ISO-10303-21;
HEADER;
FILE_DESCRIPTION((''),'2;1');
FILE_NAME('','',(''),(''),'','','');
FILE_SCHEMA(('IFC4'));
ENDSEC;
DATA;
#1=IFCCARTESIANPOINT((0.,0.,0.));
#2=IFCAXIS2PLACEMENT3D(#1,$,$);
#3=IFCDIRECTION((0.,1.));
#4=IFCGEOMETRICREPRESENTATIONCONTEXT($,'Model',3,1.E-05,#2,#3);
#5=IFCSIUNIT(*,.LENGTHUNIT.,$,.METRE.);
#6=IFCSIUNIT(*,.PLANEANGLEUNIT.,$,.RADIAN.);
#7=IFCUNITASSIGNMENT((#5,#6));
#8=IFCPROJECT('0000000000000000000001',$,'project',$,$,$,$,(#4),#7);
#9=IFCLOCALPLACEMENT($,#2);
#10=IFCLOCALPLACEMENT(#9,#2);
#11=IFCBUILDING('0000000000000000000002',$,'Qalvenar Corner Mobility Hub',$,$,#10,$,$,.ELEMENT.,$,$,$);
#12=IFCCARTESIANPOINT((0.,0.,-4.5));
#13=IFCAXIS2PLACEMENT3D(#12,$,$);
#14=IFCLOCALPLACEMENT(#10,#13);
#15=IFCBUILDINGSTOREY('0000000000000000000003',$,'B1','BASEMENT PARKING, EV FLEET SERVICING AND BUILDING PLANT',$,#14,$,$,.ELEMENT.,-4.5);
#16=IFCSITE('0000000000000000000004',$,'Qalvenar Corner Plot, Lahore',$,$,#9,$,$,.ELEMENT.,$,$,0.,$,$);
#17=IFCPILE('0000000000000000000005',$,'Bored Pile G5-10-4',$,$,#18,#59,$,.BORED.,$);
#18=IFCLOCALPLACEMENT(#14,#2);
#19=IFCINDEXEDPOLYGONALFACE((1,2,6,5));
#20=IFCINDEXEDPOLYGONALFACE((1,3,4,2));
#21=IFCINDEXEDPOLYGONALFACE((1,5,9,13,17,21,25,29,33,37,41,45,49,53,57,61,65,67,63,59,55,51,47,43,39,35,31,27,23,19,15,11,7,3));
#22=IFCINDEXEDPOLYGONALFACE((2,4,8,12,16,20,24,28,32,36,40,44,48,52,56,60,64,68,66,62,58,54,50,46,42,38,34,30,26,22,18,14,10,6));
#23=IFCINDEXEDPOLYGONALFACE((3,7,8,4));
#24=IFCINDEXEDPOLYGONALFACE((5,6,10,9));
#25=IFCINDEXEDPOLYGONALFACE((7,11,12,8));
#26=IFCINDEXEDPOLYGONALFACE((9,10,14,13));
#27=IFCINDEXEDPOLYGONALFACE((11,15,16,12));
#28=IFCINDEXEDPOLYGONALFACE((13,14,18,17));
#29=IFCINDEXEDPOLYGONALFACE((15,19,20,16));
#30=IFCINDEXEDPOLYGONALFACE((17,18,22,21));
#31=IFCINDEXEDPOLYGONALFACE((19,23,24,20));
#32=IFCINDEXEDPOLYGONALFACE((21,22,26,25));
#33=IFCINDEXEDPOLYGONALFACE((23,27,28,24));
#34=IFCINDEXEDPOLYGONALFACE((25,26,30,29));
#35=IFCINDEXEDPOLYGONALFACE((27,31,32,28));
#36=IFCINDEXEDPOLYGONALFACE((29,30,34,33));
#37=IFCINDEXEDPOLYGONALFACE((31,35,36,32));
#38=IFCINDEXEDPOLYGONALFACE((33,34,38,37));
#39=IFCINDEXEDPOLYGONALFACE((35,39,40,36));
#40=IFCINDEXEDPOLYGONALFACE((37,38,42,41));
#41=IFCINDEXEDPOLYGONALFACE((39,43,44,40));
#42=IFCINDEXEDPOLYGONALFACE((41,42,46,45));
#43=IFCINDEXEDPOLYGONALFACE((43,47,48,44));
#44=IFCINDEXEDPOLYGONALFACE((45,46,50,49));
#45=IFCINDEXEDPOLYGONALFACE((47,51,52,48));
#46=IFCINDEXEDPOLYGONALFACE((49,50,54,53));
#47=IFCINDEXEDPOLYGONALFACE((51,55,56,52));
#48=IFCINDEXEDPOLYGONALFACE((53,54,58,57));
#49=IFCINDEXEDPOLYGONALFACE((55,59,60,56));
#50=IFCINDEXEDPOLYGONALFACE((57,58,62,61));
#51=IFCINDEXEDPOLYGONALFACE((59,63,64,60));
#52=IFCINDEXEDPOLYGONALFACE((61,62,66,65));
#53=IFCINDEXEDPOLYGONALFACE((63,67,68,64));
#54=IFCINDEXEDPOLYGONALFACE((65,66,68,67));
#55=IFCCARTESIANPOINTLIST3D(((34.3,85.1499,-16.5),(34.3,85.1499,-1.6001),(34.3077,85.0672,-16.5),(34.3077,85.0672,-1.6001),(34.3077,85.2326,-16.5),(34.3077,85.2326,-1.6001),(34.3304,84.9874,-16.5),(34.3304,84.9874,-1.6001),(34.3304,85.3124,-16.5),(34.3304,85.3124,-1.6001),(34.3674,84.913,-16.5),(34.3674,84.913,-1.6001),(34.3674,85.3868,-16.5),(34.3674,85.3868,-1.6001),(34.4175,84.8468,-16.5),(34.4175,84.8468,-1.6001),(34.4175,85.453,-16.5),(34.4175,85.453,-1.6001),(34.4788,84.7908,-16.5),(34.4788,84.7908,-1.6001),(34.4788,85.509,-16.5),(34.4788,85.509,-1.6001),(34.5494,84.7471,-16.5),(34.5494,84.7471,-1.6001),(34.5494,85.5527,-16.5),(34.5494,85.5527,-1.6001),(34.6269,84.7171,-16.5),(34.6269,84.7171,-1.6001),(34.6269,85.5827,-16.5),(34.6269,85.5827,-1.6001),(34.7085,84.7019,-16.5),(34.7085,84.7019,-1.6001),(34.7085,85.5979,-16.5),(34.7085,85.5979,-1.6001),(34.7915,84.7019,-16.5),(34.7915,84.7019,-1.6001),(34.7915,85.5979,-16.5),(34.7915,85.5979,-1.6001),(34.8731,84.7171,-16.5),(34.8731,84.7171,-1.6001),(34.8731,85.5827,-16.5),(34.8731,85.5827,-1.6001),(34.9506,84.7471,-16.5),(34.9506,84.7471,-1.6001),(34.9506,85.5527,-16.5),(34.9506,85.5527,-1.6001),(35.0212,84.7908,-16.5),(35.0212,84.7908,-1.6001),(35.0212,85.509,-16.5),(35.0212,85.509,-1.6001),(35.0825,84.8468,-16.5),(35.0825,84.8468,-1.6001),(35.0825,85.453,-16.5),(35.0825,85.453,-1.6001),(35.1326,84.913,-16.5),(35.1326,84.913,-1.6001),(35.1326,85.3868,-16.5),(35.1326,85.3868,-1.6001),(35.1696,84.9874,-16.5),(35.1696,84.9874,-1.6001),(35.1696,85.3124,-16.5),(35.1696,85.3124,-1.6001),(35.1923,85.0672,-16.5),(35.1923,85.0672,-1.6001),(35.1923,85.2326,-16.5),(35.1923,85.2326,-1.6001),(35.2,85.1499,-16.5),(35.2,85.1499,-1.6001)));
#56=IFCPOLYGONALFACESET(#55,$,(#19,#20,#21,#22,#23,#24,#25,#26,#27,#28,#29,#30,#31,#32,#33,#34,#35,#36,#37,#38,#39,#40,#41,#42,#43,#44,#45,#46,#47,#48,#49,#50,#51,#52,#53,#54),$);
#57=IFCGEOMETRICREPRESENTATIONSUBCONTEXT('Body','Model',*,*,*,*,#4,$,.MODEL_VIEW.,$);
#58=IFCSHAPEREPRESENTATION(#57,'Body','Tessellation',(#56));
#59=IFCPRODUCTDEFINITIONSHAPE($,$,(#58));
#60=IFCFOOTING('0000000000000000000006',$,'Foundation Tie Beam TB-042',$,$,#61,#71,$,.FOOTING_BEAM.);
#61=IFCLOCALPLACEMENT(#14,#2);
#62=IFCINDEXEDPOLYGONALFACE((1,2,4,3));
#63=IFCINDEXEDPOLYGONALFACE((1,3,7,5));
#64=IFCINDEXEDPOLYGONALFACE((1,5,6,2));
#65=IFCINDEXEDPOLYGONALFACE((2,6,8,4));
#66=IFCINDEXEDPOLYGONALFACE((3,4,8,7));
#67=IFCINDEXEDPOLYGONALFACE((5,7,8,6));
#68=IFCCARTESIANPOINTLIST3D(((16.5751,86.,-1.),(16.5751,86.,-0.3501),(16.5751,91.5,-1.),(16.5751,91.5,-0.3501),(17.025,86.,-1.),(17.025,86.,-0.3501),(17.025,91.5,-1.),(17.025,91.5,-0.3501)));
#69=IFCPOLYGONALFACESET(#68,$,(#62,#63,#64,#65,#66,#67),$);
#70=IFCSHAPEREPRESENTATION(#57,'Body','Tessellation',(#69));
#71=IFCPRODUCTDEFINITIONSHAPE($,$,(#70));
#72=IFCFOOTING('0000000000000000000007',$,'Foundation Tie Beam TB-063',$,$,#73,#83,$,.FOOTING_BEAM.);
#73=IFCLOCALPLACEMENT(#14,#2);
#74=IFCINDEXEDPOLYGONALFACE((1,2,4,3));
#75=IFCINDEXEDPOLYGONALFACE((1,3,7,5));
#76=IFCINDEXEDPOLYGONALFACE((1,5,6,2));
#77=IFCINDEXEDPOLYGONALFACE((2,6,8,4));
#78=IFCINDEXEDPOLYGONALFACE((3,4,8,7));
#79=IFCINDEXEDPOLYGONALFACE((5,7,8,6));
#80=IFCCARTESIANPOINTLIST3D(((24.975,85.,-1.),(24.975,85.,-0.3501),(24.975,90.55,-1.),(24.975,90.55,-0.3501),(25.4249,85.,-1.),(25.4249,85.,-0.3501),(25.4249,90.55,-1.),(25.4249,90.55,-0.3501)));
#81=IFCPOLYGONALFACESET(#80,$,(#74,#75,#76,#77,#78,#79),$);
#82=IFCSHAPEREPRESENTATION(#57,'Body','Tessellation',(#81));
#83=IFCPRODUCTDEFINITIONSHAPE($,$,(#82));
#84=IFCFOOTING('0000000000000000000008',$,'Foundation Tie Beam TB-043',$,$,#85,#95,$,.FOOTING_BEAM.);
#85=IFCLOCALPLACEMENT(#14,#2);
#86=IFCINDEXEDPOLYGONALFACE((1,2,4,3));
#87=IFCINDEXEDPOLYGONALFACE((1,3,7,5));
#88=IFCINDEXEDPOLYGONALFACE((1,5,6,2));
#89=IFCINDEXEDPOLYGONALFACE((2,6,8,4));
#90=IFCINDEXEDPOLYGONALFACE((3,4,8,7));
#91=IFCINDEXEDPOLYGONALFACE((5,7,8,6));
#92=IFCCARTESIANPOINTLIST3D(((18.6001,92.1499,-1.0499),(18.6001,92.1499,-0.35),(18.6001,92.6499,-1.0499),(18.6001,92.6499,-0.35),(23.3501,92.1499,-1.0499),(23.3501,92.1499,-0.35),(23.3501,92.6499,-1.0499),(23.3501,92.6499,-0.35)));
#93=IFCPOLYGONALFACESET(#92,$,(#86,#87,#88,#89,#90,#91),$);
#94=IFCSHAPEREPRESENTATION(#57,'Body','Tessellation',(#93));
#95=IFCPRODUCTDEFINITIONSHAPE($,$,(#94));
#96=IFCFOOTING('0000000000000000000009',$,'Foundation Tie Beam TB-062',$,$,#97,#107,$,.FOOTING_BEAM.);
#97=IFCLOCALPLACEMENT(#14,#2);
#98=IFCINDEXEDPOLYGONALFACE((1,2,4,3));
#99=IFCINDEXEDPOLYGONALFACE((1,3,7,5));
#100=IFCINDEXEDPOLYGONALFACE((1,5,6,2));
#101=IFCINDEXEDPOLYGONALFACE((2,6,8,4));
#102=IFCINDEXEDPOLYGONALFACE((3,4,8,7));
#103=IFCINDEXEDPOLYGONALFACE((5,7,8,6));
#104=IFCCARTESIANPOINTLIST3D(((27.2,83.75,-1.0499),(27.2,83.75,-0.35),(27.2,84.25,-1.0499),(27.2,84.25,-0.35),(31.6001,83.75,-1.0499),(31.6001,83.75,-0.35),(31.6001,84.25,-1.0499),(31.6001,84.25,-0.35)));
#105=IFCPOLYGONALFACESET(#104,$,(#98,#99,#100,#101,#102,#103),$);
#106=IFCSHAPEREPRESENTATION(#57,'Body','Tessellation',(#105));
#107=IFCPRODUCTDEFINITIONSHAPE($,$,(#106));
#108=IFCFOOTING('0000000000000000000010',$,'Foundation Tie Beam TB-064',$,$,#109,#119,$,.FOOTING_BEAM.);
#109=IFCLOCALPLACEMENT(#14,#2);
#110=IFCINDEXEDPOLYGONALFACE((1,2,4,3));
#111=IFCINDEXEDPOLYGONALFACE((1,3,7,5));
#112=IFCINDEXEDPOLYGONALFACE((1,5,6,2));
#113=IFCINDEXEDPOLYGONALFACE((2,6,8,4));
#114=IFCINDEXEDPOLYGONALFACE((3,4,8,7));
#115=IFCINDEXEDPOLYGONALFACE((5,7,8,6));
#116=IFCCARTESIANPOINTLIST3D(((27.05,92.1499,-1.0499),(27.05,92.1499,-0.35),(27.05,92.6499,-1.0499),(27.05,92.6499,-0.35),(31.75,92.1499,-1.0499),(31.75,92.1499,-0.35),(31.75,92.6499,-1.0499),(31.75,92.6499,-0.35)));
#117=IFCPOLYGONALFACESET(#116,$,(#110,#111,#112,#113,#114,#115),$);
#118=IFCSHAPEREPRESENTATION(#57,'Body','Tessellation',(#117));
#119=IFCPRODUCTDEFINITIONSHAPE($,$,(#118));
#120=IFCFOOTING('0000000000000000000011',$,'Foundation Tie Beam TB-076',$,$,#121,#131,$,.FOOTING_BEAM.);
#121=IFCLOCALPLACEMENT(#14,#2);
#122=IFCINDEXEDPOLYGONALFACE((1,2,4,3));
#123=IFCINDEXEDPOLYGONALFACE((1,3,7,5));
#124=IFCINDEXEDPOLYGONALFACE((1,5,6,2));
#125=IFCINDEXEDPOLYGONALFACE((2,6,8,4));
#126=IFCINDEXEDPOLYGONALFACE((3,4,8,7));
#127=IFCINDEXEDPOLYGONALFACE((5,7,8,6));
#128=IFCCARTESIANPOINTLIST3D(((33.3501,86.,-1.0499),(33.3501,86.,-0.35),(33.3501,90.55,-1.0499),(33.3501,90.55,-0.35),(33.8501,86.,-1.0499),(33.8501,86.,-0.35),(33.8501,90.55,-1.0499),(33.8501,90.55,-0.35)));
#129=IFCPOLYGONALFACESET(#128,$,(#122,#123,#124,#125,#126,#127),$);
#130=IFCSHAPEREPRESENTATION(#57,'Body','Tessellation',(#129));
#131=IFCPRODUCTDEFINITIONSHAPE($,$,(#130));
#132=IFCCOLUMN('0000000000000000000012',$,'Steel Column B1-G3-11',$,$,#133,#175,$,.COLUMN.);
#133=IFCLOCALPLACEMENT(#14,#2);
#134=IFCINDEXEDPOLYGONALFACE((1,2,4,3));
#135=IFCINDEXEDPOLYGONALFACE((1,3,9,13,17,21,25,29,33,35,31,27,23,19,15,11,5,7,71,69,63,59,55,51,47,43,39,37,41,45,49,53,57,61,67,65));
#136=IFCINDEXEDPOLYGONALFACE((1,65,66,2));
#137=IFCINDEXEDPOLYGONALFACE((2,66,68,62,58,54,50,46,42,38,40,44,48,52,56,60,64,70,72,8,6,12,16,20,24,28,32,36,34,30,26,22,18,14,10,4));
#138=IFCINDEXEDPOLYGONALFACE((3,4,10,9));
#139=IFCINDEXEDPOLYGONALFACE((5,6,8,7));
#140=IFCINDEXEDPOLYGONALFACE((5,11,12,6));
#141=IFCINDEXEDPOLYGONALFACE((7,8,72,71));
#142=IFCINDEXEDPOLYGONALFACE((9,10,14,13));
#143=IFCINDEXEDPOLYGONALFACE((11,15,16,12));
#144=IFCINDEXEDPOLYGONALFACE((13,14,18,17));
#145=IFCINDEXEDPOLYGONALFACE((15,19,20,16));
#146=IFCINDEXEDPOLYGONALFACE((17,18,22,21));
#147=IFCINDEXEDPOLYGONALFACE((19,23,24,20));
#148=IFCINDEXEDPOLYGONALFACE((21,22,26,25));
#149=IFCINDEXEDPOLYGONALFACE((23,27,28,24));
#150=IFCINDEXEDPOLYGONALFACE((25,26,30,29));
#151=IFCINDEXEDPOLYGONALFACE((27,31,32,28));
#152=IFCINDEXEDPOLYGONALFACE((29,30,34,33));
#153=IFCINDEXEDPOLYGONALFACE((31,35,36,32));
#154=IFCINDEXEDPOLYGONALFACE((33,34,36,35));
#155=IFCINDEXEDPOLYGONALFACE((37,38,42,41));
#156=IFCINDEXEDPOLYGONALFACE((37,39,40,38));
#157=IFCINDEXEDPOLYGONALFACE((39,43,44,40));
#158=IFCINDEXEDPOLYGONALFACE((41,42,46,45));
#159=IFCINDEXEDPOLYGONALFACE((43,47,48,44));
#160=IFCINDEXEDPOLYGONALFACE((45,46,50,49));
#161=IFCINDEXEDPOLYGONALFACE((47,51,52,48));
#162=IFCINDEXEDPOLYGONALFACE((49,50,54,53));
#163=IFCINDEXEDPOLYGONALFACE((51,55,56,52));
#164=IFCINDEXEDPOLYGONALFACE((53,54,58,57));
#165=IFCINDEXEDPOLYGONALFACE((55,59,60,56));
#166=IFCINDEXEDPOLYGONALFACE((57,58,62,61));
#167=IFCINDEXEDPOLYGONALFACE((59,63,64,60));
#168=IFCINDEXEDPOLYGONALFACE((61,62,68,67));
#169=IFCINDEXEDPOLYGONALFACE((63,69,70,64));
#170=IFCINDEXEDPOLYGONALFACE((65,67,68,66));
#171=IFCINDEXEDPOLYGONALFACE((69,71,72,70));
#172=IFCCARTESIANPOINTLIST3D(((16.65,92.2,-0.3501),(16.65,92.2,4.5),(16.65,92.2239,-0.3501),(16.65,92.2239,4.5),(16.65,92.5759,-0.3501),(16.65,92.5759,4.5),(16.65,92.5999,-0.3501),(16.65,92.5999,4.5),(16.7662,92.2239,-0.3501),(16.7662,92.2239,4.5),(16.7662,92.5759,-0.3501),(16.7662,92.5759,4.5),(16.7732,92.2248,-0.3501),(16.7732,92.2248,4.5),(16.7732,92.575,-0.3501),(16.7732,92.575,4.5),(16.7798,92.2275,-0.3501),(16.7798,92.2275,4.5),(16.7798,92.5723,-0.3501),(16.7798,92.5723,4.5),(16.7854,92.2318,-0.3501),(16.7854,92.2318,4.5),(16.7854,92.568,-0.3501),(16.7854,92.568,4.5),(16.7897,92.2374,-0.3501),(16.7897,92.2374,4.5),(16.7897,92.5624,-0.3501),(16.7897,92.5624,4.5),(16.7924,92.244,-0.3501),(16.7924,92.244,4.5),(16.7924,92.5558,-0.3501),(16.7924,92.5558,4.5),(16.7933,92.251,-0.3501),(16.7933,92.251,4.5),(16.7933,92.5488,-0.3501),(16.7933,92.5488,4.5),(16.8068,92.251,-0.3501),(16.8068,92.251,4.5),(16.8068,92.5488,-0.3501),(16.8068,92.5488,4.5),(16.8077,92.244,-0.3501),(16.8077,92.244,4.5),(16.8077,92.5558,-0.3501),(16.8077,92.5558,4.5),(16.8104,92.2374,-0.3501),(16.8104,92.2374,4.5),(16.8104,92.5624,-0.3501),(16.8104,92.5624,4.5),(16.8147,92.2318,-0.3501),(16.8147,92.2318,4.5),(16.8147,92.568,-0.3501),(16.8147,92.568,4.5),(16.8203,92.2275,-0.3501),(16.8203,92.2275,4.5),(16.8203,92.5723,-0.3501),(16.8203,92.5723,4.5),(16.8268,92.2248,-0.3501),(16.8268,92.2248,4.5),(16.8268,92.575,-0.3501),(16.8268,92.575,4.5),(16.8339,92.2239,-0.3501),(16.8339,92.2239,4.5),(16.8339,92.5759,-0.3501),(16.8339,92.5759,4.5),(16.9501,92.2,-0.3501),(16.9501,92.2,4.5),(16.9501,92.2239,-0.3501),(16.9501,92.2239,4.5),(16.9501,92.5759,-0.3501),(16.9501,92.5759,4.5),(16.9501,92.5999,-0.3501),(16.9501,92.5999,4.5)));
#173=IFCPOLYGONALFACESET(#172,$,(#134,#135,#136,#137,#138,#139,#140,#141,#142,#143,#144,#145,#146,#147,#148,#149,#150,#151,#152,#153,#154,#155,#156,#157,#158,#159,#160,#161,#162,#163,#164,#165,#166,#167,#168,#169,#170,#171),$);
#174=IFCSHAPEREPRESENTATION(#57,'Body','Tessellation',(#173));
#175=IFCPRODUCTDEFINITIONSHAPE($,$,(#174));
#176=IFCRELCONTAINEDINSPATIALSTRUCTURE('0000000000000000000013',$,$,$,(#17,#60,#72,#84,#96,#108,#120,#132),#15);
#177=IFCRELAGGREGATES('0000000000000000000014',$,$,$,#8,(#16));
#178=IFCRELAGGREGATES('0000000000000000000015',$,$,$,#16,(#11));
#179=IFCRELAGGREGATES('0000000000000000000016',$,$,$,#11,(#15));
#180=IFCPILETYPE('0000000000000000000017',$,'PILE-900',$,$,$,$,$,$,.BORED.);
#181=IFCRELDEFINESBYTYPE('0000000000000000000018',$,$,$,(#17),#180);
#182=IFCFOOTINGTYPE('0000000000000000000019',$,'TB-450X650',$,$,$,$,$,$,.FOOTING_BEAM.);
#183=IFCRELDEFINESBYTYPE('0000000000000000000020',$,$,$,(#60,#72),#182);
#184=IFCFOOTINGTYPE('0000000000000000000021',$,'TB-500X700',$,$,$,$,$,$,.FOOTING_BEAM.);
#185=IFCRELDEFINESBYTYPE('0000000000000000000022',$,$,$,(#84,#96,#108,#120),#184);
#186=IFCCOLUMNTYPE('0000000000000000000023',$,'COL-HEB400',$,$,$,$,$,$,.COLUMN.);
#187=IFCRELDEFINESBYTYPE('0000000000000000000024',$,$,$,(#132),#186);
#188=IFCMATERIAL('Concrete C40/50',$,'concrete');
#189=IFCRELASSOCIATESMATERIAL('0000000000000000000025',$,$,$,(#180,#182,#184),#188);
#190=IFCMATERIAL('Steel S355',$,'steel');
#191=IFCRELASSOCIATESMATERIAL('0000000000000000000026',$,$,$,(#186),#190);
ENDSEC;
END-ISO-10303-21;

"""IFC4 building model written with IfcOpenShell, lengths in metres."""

from ifc_helpers import new_model, si_unit, direction, frame, origin, origin_2d, place, context, subcontext, project, spatial, rectangle, circle, i_section, extrude, material, material_profile, profile_set, type_object, element, save


model = new_model("IFC4")

# Units and contexts
model_context = context("Model", 3, precision=1e-05, world=origin(), true_north=direction((0.0, 1.0)))
body_context = subcontext(model_context, "Body", "Model", "MODEL_VIEW")
ifc_project = project(units=[si_unit("LENGTHUNIT", "METRE"), si_unit("PLANEANGLEUNIT", "RADIAN")], contexts=[model_context])

# Site, building, storey
site_placement = place(None, origin())
site = spatial("IfcSite", under=ifc_project, at=site_placement, Name="Qalvenar Corner Plot, Lahore", CompositionType="ELEMENT", RefElevation=0.0)
building_placement = place(site_placement, origin())
building = spatial("IfcBuilding", under=site, at=building_placement, Name="Qalvenar Corner Mobility Hub", CompositionType="ELEMENT")
storey_placement = place(building_placement, frame((0.0, 0.0, -4.5)))
storey = spatial("IfcBuildingStorey", under=building, at=storey_placement, Name="B1", Description="BASEMENT PARKING, EV FLEET SERVICING AND BUILDING PLANT", CompositionType="ELEMENT", Elevation=-4.5)

# Shared definitions
ifc_material_1 = material(Name="Concrete C40/50", Category="concrete")

# Pile
ifc_material_profile_1 = material_profile(ifc_material_1, circle(Radius=0.45, at=origin_2d()), Name="DIA900")
ifc_profile_set_1 = profile_set([ifc_material_profile_1], Name="Concrete C40/50")
pile_type_1 = type_object("IfcPileType", Name="PILE-900", PredefinedType="BORED", material=ifc_profile_set_1)
for number, where, z_axis, x_axis, name in (
    (1, (34.75, 85.1499, -1.6001), (0.0, 0.0, -1.0), (1.0, 0.0, 0.0), "Bored Pile G5-10-4"),
):
    element("IfcPile", number, at=place(storey_placement, frame(where, z_axis=z_axis, x_axis=x_axis)), inside=storey, type_object=pile_type_1, Name=name, PredefinedType="BORED", context=body_context, shape_type="SweptSolid", body=[
        extrude(circle(Radius=0.45, at=origin_2d()), origin(), (0.0, 0.0, 1.0), 14.8999),
    ])

# Footings
ifc_material_profile_2 = material_profile(ifc_material_1, rectangle(XDim=0.45, YDim=0.6499, at=origin_2d()), Name="RC450x650")
ifc_profile_set_2 = profile_set([ifc_material_profile_2], Name="Concrete C40/50")
footing_type_1 = type_object("IfcFootingType", Name="TB-450X650", PredefinedType="FOOTING_BEAM", material=ifc_profile_set_2)
footing_1_placement = place(storey_placement, frame((16.8, 86.0, -0.675), z_axis=(0.0, 1.0, 0.0), x_axis=(-1.0, 0.0, 0.0)))
element("IfcFooting", 2, at=footing_1_placement, inside=storey, type_object=footing_type_1, Name="Foundation Tie Beam TB-042", PredefinedType="FOOTING_BEAM", context=body_context, shape_type="SweptSolid", body=[
    extrude(rectangle(XDim=0.45, YDim=0.6499, at=origin_2d()), origin(), (0.0, 0.0, 1.0), 5.5),
])
footing_2_placement = place(storey_placement, frame((25.2, 85.0, -0.675), z_axis=(0.0, 1.0, 0.0), x_axis=(-1.0, 0.0, 0.0)))
element("IfcFooting", 3, at=footing_2_placement, inside=storey, type_object=footing_type_1, Name="Foundation Tie Beam TB-063", PredefinedType="FOOTING_BEAM", context=body_context, shape_type="SweptSolid", body=[
    extrude(rectangle(XDim=0.45, YDim=0.6499, at=origin_2d()), origin(), (0.0, 0.0, 1.0), 5.55),
])
ifc_material_profile_3 = material_profile(ifc_material_1, rectangle(XDim=0.5, YDim=0.7, at=origin_2d()), Name="RC500x700")
ifc_profile_set_3 = profile_set([ifc_material_profile_3], Name="Concrete C40/50")
footing_type_2 = type_object("IfcFootingType", Name="TB-500X700", PredefinedType="FOOTING_BEAM", material=ifc_profile_set_3)
footing_3_placement = place(storey_placement, frame((18.6001, 92.3999, -0.7), z_axis=(1.0, 0.0, 0.0), x_axis=(0.0, 1.0, 0.0)))
element("IfcFooting", 4, at=footing_3_placement, inside=storey, type_object=footing_type_2, Name="Foundation Tie Beam TB-043", PredefinedType="FOOTING_BEAM", context=body_context, shape_type="SweptSolid", body=[
    extrude(rectangle(XDim=0.5, YDim=0.7, at=origin_2d()), origin(), (0.0, 0.0, 1.0), 4.75),
])
footing_4_placement = place(storey_placement, frame((27.2, 84.0, -0.7), z_axis=(1.0, 0.0, 0.0), x_axis=(0.0, 1.0, 0.0)))
element("IfcFooting", 5, at=footing_4_placement, inside=storey, type_object=footing_type_2, Name="Foundation Tie Beam TB-062", PredefinedType="FOOTING_BEAM", context=body_context, shape_type="SweptSolid", body=[
    extrude(rectangle(XDim=0.5, YDim=0.7, at=origin_2d()), origin(), (0.0, 0.0, 1.0), 4.4001),
])
footing_5_placement = place(storey_placement, frame((27.05, 92.3999, -0.7), z_axis=(1.0, 0.0, 0.0), x_axis=(0.0, 1.0, 0.0)))
element("IfcFooting", 6, at=footing_5_placement, inside=storey, type_object=footing_type_2, Name="Foundation Tie Beam TB-064", PredefinedType="FOOTING_BEAM", context=body_context, shape_type="SweptSolid", body=[
    extrude(rectangle(XDim=0.5, YDim=0.7, at=origin_2d()), origin(), (0.0, 0.0, 1.0), 4.7),
])
footing_6_placement = place(storey_placement, frame((33.6001, 86.0, -0.7), z_axis=(0.0, 1.0, 0.0), x_axis=(-1.0, 0.0, 0.0)))
element("IfcFooting", 7, at=footing_6_placement, inside=storey, type_object=footing_type_2, Name="Foundation Tie Beam TB-076", PredefinedType="FOOTING_BEAM", context=body_context, shape_type="SweptSolid", body=[
    extrude(rectangle(XDim=0.5, YDim=0.7, at=origin_2d()), origin(), (0.0, 0.0, 1.0), 4.55),
])

# Column
ifc_material_2 = material(Name="Steel S355", Category="steel")
ifc_material_profile_4 = material_profile(ifc_material_2, i_section(OverallWidth=0.3, OverallDepth=0.3999, WebThickness=0.0134, FlangeThickness=0.0239, FilletRadius=0.0271, at=origin_2d()), Name="HEB400")
ifc_profile_set_4 = profile_set([ifc_material_profile_4], Name="Steel S355")
column_type_1 = type_object("IfcColumnType", Name="COL-HEB400", PredefinedType="COLUMN", material=ifc_profile_set_4)
for number, where, z_axis, x_axis, name in (
    (8, (16.8, 92.3999, -0.3501), (0.0, 0.0, 1.0), (1.0, 0.0, 0.0), "Steel Column B1-G3-11"),
):
    element("IfcColumn", number, at=place(storey_placement, frame(where, z_axis=z_axis, x_axis=x_axis)), inside=storey, type_object=column_type_1, Name=name, PredefinedType="COLUMN", context=body_context, shape_type="SweptSolid", body=[
        extrude(i_section(OverallWidth=0.3, OverallDepth=0.3999, WebThickness=0.0134, FlangeThickness=0.0239, FilletRadius=0.0271, at=origin_2d()), origin(), (0.0, 0.0, 1.0), 4.8501),
    ])

save(model, "model.ifc")
